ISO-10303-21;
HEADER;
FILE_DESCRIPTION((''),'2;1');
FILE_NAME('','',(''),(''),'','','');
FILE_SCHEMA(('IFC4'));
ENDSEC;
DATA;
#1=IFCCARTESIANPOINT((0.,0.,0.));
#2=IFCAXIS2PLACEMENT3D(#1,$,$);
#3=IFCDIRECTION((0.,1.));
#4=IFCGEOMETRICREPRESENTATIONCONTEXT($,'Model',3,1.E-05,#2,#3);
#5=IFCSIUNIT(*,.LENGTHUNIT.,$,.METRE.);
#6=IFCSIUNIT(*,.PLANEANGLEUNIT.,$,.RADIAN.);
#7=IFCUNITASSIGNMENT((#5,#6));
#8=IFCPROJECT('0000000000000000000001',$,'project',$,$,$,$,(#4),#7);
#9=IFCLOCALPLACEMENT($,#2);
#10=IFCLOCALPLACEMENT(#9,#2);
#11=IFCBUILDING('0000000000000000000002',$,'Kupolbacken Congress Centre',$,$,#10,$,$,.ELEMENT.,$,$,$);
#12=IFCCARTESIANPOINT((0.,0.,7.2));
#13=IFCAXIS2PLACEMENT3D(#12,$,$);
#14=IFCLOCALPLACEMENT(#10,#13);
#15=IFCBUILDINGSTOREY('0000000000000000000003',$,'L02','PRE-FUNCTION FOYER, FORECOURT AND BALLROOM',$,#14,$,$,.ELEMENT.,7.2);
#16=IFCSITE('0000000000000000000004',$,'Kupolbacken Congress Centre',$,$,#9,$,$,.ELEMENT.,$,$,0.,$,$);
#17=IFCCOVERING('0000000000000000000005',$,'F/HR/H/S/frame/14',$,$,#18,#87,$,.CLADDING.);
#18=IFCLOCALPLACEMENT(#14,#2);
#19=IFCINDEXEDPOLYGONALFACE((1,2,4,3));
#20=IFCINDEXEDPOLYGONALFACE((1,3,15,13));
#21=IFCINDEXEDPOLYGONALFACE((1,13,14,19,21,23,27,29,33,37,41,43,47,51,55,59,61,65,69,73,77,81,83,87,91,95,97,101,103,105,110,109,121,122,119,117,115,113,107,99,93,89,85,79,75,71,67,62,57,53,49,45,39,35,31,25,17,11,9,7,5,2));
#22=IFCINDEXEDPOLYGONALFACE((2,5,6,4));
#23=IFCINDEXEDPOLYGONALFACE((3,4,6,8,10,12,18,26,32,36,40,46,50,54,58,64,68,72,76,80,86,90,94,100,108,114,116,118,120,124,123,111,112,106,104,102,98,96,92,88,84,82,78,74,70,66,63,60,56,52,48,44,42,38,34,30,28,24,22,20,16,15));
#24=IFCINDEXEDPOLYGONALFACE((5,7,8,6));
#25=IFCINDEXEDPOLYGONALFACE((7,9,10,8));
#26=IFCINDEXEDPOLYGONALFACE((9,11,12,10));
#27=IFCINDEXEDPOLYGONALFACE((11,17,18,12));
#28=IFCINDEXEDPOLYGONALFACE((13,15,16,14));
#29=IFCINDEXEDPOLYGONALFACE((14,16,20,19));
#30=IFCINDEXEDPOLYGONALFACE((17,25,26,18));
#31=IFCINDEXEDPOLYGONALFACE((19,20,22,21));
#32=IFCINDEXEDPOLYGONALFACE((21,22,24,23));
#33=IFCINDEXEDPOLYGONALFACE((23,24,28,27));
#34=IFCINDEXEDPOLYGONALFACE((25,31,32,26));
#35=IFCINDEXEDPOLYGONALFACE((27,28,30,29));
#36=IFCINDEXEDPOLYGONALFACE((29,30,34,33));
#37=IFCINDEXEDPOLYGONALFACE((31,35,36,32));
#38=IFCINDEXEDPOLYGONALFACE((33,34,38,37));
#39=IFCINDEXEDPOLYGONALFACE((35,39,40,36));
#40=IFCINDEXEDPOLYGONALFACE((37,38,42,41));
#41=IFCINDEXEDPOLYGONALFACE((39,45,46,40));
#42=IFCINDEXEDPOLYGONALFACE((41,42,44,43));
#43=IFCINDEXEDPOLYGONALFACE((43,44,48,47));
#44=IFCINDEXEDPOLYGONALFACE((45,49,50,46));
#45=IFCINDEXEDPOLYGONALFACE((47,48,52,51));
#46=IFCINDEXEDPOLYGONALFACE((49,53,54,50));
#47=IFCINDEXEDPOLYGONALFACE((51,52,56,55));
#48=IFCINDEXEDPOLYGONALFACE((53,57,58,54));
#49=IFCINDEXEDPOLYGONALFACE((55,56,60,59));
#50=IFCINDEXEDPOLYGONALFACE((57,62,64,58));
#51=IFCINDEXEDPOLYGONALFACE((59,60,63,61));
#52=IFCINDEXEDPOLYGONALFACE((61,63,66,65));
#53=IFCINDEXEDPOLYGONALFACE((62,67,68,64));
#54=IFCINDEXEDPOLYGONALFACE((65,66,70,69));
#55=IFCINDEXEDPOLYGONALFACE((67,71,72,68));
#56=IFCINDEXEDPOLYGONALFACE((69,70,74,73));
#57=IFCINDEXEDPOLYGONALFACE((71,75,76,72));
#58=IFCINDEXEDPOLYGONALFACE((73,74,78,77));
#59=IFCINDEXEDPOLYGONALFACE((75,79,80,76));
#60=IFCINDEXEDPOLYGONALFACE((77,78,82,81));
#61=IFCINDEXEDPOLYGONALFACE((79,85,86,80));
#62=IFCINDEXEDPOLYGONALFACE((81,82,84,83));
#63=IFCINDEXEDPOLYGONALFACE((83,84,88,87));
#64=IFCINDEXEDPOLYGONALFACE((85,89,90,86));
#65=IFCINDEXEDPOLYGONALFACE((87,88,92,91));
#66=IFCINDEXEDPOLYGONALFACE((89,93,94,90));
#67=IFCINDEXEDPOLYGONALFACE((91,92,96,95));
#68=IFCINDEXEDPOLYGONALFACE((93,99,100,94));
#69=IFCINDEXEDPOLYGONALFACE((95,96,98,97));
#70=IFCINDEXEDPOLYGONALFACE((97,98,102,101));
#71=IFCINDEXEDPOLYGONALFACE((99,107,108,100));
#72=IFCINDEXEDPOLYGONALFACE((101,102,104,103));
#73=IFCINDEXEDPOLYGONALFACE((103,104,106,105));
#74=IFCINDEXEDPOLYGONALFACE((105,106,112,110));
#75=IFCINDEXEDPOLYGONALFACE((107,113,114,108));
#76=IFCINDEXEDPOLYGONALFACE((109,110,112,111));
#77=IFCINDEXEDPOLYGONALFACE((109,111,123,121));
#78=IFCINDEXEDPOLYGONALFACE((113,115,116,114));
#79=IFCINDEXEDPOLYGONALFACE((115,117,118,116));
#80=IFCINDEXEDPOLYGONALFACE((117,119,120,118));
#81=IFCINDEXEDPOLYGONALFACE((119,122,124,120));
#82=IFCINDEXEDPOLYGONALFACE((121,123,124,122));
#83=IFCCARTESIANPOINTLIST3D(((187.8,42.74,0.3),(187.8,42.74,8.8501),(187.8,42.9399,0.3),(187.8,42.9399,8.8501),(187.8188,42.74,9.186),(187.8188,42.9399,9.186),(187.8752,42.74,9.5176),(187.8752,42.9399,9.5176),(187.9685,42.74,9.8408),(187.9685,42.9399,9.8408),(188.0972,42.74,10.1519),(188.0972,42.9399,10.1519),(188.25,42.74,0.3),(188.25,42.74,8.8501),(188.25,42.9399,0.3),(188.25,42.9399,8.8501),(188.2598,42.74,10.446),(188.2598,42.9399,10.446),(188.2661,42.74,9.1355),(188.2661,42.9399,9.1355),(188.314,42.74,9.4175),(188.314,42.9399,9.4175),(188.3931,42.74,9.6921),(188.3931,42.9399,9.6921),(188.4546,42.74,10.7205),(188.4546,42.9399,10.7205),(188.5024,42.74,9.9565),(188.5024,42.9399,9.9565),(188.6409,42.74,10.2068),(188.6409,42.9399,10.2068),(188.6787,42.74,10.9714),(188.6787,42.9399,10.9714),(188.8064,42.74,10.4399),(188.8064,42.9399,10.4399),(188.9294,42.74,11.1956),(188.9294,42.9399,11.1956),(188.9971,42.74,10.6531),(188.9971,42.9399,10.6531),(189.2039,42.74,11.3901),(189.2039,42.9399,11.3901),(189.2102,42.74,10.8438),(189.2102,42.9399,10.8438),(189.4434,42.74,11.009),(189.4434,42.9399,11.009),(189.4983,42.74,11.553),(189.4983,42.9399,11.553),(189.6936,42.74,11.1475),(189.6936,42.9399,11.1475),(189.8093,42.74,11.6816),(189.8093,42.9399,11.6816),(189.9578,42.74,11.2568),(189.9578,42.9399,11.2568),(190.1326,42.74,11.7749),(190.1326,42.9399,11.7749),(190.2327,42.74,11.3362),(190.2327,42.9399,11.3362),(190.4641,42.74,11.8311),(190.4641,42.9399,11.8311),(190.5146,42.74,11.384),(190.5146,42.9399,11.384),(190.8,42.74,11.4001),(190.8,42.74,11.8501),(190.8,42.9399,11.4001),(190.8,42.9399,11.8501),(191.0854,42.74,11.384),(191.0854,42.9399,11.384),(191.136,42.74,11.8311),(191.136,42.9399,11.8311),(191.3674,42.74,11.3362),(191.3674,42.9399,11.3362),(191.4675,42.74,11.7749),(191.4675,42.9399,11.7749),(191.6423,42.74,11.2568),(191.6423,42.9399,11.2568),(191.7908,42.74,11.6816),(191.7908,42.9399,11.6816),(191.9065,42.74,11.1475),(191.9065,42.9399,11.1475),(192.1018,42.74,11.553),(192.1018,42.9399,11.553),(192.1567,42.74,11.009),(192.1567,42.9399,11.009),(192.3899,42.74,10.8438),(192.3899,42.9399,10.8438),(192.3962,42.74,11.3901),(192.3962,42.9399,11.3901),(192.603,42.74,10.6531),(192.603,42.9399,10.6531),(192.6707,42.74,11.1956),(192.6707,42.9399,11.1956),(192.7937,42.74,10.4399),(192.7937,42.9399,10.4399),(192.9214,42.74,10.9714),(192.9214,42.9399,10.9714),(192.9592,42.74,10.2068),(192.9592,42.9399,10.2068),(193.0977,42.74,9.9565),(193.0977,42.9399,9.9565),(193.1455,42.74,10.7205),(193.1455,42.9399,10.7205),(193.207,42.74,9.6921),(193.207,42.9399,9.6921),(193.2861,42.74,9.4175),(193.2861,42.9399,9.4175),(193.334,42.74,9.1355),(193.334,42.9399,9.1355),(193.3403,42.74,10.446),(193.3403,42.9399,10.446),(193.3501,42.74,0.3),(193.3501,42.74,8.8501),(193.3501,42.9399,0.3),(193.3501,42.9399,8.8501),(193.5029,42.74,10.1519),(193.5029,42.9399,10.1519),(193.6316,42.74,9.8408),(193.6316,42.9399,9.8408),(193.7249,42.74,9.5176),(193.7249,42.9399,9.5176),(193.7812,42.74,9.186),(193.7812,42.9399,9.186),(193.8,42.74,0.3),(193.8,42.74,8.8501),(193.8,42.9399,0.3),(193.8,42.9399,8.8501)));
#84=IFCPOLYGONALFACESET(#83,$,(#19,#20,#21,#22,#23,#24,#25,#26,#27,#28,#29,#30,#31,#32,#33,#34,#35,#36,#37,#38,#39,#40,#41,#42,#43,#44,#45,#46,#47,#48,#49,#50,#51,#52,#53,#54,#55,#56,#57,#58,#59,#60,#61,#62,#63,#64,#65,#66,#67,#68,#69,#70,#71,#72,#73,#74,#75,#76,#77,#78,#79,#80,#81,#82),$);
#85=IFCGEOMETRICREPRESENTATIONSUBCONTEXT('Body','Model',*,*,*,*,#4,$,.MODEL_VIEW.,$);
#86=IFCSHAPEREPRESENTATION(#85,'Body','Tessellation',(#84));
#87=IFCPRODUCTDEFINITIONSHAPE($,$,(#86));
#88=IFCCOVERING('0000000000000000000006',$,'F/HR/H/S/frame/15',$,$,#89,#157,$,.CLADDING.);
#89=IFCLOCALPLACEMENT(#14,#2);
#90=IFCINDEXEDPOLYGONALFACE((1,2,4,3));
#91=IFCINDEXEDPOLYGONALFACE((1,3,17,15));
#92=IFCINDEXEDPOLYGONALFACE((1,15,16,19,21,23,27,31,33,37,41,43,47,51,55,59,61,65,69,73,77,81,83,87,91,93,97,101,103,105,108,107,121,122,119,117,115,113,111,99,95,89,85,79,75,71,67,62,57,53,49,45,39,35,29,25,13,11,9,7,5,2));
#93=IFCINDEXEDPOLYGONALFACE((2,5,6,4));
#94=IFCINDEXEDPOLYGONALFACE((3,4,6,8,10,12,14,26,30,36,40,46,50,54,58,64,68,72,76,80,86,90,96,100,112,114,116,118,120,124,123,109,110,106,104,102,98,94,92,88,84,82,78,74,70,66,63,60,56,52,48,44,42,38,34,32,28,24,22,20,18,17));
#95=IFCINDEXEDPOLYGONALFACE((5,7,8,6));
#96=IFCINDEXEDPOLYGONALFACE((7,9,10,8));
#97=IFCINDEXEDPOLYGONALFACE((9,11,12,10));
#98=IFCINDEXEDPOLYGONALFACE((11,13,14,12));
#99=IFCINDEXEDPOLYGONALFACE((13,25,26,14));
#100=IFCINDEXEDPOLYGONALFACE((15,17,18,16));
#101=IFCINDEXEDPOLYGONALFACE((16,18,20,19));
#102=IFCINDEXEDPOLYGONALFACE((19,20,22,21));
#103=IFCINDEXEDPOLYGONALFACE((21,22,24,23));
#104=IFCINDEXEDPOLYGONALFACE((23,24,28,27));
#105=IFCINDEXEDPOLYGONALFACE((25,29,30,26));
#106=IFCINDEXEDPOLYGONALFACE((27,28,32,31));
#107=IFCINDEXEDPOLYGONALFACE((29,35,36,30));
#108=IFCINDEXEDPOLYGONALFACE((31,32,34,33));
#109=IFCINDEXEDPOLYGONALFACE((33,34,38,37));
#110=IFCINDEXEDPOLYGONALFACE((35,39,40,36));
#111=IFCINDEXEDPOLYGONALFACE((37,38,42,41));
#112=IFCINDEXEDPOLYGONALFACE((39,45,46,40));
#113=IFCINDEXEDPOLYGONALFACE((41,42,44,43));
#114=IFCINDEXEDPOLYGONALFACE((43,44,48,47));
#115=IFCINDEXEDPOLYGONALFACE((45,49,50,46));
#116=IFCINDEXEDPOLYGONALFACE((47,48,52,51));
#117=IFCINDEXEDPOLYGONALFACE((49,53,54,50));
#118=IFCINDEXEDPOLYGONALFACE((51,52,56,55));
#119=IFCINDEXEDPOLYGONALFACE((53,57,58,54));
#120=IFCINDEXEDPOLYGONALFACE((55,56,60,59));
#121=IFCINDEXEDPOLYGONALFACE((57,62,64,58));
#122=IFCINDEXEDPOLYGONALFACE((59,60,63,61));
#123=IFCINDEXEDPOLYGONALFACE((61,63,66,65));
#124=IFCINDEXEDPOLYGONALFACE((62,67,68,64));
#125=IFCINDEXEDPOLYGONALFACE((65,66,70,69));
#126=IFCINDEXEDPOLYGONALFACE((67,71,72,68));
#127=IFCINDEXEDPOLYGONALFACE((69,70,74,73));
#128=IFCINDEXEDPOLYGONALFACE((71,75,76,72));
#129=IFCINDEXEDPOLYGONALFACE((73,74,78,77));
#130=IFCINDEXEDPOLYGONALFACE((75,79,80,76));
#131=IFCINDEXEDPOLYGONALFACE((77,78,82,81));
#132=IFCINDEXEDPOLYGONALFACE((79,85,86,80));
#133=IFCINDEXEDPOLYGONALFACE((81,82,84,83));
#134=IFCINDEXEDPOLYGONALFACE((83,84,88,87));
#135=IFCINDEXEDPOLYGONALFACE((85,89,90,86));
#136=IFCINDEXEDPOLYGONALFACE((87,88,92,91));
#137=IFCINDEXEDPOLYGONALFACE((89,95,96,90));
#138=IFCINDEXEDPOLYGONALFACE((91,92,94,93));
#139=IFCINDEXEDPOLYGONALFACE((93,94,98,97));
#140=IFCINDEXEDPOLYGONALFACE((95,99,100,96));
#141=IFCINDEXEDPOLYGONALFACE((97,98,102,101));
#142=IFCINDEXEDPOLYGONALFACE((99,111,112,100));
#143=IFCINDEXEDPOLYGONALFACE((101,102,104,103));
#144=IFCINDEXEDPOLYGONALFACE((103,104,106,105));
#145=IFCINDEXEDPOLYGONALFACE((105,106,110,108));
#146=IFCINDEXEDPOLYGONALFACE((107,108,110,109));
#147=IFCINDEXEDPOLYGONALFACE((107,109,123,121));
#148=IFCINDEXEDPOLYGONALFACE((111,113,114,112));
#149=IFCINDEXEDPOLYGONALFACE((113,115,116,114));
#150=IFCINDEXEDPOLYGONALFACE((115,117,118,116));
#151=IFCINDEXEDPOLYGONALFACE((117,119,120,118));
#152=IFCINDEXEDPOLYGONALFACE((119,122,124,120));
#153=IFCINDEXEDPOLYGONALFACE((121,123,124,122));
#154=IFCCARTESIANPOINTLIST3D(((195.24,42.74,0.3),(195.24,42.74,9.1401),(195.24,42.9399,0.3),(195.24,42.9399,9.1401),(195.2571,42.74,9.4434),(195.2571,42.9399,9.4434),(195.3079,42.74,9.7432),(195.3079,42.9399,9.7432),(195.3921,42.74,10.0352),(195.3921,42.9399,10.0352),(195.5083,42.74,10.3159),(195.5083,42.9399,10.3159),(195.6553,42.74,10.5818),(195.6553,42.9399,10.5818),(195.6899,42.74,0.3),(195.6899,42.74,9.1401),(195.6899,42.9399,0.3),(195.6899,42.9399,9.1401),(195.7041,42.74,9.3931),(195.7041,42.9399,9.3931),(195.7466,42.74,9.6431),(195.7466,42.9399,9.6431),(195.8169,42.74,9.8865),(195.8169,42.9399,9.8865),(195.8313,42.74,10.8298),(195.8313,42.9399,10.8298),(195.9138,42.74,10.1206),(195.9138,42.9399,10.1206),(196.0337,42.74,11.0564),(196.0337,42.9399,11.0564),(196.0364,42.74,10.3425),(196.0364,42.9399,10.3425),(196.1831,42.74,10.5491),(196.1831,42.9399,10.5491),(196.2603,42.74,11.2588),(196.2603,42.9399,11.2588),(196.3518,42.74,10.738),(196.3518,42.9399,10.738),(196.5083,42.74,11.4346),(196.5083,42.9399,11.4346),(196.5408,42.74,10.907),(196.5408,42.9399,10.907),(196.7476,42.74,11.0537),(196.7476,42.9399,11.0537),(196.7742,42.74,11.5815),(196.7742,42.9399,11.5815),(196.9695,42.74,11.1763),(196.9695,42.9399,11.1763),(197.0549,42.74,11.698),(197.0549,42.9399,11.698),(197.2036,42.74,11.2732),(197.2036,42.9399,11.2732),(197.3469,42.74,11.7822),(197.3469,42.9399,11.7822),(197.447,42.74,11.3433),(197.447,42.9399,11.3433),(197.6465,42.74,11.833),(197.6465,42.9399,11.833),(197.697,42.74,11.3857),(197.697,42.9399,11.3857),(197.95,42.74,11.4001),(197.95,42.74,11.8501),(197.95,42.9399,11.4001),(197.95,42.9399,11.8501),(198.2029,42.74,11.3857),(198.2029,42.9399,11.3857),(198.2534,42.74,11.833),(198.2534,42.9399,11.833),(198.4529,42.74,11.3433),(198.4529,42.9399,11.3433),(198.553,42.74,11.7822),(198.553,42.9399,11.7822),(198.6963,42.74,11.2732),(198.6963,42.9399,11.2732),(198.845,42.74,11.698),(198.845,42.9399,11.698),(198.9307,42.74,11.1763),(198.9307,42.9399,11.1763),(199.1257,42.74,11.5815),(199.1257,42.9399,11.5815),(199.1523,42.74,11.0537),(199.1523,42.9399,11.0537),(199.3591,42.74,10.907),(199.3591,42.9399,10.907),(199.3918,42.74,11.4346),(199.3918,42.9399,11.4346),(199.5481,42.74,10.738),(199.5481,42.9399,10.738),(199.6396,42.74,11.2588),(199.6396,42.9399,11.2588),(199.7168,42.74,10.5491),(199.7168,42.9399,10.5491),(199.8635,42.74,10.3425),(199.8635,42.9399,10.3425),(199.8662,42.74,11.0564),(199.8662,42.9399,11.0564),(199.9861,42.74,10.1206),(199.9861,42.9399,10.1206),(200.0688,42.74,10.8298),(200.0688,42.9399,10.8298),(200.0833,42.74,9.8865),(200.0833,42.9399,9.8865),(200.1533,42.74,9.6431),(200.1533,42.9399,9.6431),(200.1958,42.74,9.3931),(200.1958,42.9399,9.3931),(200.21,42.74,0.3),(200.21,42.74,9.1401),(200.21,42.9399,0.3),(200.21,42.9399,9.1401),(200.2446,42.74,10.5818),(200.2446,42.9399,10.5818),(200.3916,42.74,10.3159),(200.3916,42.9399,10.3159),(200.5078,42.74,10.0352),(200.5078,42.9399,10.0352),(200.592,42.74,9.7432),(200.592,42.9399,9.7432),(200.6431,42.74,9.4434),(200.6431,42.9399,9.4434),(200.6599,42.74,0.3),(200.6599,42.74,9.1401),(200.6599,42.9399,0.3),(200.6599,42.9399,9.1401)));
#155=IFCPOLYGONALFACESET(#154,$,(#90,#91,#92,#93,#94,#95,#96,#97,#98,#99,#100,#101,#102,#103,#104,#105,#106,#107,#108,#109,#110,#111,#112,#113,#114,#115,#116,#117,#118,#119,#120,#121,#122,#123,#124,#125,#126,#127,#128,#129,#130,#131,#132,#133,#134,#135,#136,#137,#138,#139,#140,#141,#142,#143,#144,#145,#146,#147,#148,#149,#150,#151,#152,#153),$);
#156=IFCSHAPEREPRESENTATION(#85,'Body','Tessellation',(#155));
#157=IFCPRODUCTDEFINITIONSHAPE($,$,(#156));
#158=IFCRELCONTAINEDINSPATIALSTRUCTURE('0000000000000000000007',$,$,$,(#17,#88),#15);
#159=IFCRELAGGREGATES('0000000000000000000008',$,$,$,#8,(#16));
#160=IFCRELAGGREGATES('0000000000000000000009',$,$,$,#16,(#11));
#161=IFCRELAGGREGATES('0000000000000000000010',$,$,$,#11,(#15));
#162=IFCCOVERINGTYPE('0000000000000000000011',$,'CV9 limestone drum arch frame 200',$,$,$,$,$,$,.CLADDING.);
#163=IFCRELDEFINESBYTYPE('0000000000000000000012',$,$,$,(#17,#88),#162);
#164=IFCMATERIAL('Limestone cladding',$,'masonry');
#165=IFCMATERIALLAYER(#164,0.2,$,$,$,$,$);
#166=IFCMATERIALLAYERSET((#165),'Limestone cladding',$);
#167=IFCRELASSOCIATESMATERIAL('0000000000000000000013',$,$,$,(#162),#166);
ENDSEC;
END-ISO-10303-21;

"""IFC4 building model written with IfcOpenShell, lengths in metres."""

from ifc_helpers import new_model, si_unit, direction, frame, origin, place, context, subcontext, project, spatial, polyline, outline, extrude, material, layer, layer_set, type_object, element, save


model = new_model("IFC4")

# Units and contexts
model_context = context("Model", 3, precision=1e-05, world=origin(), true_north=direction((0.0, 1.0)))
body_context = subcontext(model_context, "Body", "Model", "MODEL_VIEW")
ifc_project = project(units=[si_unit("LENGTHUNIT", "METRE"), si_unit("PLANEANGLEUNIT", "RADIAN")], contexts=[model_context])

# Site, building, storey
site_placement = place(None, origin())
site = spatial("IfcSite", under=ifc_project, at=site_placement, Name="Kupolbacken Congress Centre", CompositionType="ELEMENT", RefElevation=0.0)
building_placement = place(site_placement, origin())
building = spatial("IfcBuilding", under=site, at=building_placement, Name="Kupolbacken Congress Centre", CompositionType="ELEMENT")
storey_placement = place(building_placement, frame((0.0, 0.0, 7.2)))
storey = spatial("IfcBuildingStorey", under=building, at=storey_placement, Name="L02", Description="PRE-FUNCTION FOYER, FORECOURT AND BALLROOM", CompositionType="ELEMENT", Elevation=7.2)

# Coverings
ifc_material_1 = material(Name="Limestone cladding", Category="masonry")
ifc_layer_1 = layer(ifc_material_1, 0.2)
ifc_layer_set_1 = layer_set([ifc_layer_1], Name="Limestone cladding")
covering_type_1 = type_object("IfcCoveringType", Name="CV9 limestone drum arch frame 200", PredefinedType="CLADDING", material=ifc_layer_set_1)
covering_1_placement = place(storey_placement, frame((187.8, 42.9399, 0.3), z_axis=(0.0, -1.0, 0.0), x_axis=(1.0, 0.0, 0.0)))
element("IfcCovering", 1, at=covering_1_placement, inside=storey, type_object=covering_type_1, Name="F/HR/H/S/frame/14", PredefinedType="CLADDING", context=body_context, shape_type="SweptSolid", body=[
    extrude(outline(polyline([(0.0, 0.0), (0.0, 8.55), (0.0188, 8.886), (0.0752, 9.2175), (0.1685, 9.5408), (0.2971, 9.8518), (0.4597, 10.146), (0.6545, 10.4204), (0.8787, 10.6714), (1.1294, 10.8955), (1.4038, 11.0901), (1.6982, 11.2529), (2.0093, 11.3816), (2.3325, 11.4749), (2.6641, 11.531), (3.0, 11.55), (3.3359, 11.531), (3.6675, 11.4749), (3.9907, 11.3816), (4.3018, 11.2529), (4.5962, 11.0901), (4.8706, 10.8955), (5.1213, 10.6714), (5.3455, 10.4204), (5.5403, 10.146), (5.7029, 9.8518), (5.8315, 9.5408), (5.9248, 9.2175), (5.9812, 8.886), (6.0, 8.55), (6.0, 0.0), (5.55, 0.0), (5.55, 8.55), (5.5339, 8.8354), (5.4861, 9.1174), (5.407, 9.3921), (5.2976, 9.6565), (5.1592, 9.9067), (4.9937, 10.1399), (4.803, 10.353), (4.5898, 10.5437), (4.3567, 10.709), (4.1064, 10.8474), (3.8423, 10.9568), (3.5674, 11.0361), (3.2854, 11.084), (3.0, 11.1001), (2.7146, 11.084), (2.4326, 11.0361), (2.1577, 10.9568), (1.8936, 10.8474), (1.6433, 10.709), (1.4102, 10.5437), (1.197, 10.353), (1.0063, 10.1399), (0.8408, 9.9067), (0.7024, 9.6565), (0.593, 9.3921), (0.5139, 9.1174), (0.4661, 8.8354), (0.45, 8.55), (0.45, 0.0), (0.0, 0.0)])), origin(), (0.0, 0.0, 1.0), 0.2),
])
covering_2_placement = place(storey_placement, frame((195.24, 42.9399, 0.3), z_axis=(0.0, -1.0, 0.0), x_axis=(1.0, 0.0, 0.0)))
element("IfcCovering", 2, at=covering_2_placement, inside=storey, type_object=covering_type_1, Name="F/HR/H/S/frame/15", PredefinedType="CLADDING", context=body_context, shape_type="SweptSolid", body=[
    extrude(outline(polyline([(0.0, 0.0), (0.0, 8.8401), (0.0171, 9.1433), (0.0679, 9.4431), (0.1521, 9.7351), (0.2683, 10.0159), (0.4153, 10.2817), (0.5913, 10.5298), (0.7937, 10.7563), (1.0203, 10.9587), (1.2683, 11.1345), (1.5342, 11.2815), (1.8149, 11.3979), (2.1069, 11.4822), (2.4065, 11.533), (2.71, 11.55), (3.0134, 11.533), (3.313, 11.4822), (3.605, 11.3979), (3.8857, 11.2815), (4.1519, 11.1345), (4.3997, 10.9587), (4.6262, 10.7563), (4.8289, 10.5298), (5.0046, 10.2817), (5.1516, 10.0159), (5.2678, 9.7351), (5.3521, 9.4431), (5.4031, 9.1433), (5.4199, 8.8401), (5.4199, 0.0), (4.97, 0.0), (4.97, 8.8401), (4.9558, 9.093), (4.9133, 9.343), (4.8433, 9.5864), (4.7461, 9.8206), (4.6235, 10.0425), (4.4768, 10.249), (4.3081, 10.438), (4.1191, 10.6069), (3.9124, 10.7537), (3.6907, 10.8762), (3.4563, 10.9731), (3.2129, 11.0432), (2.9629, 11.0857), (2.71, 11.1001), (2.457, 11.0857), (2.207, 11.0432), (1.9636, 10.9731), (1.7295, 10.8762), (1.5076, 10.7537), (1.3008, 10.6069), (1.1118, 10.438), (0.9431, 10.249), (0.7964, 10.0425), (0.6738, 9.8206), (0.5769, 9.5864), (0.5066, 9.343), (0.4641, 9.093), (0.45, 8.8401), (0.45, 0.0), (0.0, 0.0)])), origin(), (0.0, 0.0, 1.0), 0.2),
])

save(model, "model.ifc")
